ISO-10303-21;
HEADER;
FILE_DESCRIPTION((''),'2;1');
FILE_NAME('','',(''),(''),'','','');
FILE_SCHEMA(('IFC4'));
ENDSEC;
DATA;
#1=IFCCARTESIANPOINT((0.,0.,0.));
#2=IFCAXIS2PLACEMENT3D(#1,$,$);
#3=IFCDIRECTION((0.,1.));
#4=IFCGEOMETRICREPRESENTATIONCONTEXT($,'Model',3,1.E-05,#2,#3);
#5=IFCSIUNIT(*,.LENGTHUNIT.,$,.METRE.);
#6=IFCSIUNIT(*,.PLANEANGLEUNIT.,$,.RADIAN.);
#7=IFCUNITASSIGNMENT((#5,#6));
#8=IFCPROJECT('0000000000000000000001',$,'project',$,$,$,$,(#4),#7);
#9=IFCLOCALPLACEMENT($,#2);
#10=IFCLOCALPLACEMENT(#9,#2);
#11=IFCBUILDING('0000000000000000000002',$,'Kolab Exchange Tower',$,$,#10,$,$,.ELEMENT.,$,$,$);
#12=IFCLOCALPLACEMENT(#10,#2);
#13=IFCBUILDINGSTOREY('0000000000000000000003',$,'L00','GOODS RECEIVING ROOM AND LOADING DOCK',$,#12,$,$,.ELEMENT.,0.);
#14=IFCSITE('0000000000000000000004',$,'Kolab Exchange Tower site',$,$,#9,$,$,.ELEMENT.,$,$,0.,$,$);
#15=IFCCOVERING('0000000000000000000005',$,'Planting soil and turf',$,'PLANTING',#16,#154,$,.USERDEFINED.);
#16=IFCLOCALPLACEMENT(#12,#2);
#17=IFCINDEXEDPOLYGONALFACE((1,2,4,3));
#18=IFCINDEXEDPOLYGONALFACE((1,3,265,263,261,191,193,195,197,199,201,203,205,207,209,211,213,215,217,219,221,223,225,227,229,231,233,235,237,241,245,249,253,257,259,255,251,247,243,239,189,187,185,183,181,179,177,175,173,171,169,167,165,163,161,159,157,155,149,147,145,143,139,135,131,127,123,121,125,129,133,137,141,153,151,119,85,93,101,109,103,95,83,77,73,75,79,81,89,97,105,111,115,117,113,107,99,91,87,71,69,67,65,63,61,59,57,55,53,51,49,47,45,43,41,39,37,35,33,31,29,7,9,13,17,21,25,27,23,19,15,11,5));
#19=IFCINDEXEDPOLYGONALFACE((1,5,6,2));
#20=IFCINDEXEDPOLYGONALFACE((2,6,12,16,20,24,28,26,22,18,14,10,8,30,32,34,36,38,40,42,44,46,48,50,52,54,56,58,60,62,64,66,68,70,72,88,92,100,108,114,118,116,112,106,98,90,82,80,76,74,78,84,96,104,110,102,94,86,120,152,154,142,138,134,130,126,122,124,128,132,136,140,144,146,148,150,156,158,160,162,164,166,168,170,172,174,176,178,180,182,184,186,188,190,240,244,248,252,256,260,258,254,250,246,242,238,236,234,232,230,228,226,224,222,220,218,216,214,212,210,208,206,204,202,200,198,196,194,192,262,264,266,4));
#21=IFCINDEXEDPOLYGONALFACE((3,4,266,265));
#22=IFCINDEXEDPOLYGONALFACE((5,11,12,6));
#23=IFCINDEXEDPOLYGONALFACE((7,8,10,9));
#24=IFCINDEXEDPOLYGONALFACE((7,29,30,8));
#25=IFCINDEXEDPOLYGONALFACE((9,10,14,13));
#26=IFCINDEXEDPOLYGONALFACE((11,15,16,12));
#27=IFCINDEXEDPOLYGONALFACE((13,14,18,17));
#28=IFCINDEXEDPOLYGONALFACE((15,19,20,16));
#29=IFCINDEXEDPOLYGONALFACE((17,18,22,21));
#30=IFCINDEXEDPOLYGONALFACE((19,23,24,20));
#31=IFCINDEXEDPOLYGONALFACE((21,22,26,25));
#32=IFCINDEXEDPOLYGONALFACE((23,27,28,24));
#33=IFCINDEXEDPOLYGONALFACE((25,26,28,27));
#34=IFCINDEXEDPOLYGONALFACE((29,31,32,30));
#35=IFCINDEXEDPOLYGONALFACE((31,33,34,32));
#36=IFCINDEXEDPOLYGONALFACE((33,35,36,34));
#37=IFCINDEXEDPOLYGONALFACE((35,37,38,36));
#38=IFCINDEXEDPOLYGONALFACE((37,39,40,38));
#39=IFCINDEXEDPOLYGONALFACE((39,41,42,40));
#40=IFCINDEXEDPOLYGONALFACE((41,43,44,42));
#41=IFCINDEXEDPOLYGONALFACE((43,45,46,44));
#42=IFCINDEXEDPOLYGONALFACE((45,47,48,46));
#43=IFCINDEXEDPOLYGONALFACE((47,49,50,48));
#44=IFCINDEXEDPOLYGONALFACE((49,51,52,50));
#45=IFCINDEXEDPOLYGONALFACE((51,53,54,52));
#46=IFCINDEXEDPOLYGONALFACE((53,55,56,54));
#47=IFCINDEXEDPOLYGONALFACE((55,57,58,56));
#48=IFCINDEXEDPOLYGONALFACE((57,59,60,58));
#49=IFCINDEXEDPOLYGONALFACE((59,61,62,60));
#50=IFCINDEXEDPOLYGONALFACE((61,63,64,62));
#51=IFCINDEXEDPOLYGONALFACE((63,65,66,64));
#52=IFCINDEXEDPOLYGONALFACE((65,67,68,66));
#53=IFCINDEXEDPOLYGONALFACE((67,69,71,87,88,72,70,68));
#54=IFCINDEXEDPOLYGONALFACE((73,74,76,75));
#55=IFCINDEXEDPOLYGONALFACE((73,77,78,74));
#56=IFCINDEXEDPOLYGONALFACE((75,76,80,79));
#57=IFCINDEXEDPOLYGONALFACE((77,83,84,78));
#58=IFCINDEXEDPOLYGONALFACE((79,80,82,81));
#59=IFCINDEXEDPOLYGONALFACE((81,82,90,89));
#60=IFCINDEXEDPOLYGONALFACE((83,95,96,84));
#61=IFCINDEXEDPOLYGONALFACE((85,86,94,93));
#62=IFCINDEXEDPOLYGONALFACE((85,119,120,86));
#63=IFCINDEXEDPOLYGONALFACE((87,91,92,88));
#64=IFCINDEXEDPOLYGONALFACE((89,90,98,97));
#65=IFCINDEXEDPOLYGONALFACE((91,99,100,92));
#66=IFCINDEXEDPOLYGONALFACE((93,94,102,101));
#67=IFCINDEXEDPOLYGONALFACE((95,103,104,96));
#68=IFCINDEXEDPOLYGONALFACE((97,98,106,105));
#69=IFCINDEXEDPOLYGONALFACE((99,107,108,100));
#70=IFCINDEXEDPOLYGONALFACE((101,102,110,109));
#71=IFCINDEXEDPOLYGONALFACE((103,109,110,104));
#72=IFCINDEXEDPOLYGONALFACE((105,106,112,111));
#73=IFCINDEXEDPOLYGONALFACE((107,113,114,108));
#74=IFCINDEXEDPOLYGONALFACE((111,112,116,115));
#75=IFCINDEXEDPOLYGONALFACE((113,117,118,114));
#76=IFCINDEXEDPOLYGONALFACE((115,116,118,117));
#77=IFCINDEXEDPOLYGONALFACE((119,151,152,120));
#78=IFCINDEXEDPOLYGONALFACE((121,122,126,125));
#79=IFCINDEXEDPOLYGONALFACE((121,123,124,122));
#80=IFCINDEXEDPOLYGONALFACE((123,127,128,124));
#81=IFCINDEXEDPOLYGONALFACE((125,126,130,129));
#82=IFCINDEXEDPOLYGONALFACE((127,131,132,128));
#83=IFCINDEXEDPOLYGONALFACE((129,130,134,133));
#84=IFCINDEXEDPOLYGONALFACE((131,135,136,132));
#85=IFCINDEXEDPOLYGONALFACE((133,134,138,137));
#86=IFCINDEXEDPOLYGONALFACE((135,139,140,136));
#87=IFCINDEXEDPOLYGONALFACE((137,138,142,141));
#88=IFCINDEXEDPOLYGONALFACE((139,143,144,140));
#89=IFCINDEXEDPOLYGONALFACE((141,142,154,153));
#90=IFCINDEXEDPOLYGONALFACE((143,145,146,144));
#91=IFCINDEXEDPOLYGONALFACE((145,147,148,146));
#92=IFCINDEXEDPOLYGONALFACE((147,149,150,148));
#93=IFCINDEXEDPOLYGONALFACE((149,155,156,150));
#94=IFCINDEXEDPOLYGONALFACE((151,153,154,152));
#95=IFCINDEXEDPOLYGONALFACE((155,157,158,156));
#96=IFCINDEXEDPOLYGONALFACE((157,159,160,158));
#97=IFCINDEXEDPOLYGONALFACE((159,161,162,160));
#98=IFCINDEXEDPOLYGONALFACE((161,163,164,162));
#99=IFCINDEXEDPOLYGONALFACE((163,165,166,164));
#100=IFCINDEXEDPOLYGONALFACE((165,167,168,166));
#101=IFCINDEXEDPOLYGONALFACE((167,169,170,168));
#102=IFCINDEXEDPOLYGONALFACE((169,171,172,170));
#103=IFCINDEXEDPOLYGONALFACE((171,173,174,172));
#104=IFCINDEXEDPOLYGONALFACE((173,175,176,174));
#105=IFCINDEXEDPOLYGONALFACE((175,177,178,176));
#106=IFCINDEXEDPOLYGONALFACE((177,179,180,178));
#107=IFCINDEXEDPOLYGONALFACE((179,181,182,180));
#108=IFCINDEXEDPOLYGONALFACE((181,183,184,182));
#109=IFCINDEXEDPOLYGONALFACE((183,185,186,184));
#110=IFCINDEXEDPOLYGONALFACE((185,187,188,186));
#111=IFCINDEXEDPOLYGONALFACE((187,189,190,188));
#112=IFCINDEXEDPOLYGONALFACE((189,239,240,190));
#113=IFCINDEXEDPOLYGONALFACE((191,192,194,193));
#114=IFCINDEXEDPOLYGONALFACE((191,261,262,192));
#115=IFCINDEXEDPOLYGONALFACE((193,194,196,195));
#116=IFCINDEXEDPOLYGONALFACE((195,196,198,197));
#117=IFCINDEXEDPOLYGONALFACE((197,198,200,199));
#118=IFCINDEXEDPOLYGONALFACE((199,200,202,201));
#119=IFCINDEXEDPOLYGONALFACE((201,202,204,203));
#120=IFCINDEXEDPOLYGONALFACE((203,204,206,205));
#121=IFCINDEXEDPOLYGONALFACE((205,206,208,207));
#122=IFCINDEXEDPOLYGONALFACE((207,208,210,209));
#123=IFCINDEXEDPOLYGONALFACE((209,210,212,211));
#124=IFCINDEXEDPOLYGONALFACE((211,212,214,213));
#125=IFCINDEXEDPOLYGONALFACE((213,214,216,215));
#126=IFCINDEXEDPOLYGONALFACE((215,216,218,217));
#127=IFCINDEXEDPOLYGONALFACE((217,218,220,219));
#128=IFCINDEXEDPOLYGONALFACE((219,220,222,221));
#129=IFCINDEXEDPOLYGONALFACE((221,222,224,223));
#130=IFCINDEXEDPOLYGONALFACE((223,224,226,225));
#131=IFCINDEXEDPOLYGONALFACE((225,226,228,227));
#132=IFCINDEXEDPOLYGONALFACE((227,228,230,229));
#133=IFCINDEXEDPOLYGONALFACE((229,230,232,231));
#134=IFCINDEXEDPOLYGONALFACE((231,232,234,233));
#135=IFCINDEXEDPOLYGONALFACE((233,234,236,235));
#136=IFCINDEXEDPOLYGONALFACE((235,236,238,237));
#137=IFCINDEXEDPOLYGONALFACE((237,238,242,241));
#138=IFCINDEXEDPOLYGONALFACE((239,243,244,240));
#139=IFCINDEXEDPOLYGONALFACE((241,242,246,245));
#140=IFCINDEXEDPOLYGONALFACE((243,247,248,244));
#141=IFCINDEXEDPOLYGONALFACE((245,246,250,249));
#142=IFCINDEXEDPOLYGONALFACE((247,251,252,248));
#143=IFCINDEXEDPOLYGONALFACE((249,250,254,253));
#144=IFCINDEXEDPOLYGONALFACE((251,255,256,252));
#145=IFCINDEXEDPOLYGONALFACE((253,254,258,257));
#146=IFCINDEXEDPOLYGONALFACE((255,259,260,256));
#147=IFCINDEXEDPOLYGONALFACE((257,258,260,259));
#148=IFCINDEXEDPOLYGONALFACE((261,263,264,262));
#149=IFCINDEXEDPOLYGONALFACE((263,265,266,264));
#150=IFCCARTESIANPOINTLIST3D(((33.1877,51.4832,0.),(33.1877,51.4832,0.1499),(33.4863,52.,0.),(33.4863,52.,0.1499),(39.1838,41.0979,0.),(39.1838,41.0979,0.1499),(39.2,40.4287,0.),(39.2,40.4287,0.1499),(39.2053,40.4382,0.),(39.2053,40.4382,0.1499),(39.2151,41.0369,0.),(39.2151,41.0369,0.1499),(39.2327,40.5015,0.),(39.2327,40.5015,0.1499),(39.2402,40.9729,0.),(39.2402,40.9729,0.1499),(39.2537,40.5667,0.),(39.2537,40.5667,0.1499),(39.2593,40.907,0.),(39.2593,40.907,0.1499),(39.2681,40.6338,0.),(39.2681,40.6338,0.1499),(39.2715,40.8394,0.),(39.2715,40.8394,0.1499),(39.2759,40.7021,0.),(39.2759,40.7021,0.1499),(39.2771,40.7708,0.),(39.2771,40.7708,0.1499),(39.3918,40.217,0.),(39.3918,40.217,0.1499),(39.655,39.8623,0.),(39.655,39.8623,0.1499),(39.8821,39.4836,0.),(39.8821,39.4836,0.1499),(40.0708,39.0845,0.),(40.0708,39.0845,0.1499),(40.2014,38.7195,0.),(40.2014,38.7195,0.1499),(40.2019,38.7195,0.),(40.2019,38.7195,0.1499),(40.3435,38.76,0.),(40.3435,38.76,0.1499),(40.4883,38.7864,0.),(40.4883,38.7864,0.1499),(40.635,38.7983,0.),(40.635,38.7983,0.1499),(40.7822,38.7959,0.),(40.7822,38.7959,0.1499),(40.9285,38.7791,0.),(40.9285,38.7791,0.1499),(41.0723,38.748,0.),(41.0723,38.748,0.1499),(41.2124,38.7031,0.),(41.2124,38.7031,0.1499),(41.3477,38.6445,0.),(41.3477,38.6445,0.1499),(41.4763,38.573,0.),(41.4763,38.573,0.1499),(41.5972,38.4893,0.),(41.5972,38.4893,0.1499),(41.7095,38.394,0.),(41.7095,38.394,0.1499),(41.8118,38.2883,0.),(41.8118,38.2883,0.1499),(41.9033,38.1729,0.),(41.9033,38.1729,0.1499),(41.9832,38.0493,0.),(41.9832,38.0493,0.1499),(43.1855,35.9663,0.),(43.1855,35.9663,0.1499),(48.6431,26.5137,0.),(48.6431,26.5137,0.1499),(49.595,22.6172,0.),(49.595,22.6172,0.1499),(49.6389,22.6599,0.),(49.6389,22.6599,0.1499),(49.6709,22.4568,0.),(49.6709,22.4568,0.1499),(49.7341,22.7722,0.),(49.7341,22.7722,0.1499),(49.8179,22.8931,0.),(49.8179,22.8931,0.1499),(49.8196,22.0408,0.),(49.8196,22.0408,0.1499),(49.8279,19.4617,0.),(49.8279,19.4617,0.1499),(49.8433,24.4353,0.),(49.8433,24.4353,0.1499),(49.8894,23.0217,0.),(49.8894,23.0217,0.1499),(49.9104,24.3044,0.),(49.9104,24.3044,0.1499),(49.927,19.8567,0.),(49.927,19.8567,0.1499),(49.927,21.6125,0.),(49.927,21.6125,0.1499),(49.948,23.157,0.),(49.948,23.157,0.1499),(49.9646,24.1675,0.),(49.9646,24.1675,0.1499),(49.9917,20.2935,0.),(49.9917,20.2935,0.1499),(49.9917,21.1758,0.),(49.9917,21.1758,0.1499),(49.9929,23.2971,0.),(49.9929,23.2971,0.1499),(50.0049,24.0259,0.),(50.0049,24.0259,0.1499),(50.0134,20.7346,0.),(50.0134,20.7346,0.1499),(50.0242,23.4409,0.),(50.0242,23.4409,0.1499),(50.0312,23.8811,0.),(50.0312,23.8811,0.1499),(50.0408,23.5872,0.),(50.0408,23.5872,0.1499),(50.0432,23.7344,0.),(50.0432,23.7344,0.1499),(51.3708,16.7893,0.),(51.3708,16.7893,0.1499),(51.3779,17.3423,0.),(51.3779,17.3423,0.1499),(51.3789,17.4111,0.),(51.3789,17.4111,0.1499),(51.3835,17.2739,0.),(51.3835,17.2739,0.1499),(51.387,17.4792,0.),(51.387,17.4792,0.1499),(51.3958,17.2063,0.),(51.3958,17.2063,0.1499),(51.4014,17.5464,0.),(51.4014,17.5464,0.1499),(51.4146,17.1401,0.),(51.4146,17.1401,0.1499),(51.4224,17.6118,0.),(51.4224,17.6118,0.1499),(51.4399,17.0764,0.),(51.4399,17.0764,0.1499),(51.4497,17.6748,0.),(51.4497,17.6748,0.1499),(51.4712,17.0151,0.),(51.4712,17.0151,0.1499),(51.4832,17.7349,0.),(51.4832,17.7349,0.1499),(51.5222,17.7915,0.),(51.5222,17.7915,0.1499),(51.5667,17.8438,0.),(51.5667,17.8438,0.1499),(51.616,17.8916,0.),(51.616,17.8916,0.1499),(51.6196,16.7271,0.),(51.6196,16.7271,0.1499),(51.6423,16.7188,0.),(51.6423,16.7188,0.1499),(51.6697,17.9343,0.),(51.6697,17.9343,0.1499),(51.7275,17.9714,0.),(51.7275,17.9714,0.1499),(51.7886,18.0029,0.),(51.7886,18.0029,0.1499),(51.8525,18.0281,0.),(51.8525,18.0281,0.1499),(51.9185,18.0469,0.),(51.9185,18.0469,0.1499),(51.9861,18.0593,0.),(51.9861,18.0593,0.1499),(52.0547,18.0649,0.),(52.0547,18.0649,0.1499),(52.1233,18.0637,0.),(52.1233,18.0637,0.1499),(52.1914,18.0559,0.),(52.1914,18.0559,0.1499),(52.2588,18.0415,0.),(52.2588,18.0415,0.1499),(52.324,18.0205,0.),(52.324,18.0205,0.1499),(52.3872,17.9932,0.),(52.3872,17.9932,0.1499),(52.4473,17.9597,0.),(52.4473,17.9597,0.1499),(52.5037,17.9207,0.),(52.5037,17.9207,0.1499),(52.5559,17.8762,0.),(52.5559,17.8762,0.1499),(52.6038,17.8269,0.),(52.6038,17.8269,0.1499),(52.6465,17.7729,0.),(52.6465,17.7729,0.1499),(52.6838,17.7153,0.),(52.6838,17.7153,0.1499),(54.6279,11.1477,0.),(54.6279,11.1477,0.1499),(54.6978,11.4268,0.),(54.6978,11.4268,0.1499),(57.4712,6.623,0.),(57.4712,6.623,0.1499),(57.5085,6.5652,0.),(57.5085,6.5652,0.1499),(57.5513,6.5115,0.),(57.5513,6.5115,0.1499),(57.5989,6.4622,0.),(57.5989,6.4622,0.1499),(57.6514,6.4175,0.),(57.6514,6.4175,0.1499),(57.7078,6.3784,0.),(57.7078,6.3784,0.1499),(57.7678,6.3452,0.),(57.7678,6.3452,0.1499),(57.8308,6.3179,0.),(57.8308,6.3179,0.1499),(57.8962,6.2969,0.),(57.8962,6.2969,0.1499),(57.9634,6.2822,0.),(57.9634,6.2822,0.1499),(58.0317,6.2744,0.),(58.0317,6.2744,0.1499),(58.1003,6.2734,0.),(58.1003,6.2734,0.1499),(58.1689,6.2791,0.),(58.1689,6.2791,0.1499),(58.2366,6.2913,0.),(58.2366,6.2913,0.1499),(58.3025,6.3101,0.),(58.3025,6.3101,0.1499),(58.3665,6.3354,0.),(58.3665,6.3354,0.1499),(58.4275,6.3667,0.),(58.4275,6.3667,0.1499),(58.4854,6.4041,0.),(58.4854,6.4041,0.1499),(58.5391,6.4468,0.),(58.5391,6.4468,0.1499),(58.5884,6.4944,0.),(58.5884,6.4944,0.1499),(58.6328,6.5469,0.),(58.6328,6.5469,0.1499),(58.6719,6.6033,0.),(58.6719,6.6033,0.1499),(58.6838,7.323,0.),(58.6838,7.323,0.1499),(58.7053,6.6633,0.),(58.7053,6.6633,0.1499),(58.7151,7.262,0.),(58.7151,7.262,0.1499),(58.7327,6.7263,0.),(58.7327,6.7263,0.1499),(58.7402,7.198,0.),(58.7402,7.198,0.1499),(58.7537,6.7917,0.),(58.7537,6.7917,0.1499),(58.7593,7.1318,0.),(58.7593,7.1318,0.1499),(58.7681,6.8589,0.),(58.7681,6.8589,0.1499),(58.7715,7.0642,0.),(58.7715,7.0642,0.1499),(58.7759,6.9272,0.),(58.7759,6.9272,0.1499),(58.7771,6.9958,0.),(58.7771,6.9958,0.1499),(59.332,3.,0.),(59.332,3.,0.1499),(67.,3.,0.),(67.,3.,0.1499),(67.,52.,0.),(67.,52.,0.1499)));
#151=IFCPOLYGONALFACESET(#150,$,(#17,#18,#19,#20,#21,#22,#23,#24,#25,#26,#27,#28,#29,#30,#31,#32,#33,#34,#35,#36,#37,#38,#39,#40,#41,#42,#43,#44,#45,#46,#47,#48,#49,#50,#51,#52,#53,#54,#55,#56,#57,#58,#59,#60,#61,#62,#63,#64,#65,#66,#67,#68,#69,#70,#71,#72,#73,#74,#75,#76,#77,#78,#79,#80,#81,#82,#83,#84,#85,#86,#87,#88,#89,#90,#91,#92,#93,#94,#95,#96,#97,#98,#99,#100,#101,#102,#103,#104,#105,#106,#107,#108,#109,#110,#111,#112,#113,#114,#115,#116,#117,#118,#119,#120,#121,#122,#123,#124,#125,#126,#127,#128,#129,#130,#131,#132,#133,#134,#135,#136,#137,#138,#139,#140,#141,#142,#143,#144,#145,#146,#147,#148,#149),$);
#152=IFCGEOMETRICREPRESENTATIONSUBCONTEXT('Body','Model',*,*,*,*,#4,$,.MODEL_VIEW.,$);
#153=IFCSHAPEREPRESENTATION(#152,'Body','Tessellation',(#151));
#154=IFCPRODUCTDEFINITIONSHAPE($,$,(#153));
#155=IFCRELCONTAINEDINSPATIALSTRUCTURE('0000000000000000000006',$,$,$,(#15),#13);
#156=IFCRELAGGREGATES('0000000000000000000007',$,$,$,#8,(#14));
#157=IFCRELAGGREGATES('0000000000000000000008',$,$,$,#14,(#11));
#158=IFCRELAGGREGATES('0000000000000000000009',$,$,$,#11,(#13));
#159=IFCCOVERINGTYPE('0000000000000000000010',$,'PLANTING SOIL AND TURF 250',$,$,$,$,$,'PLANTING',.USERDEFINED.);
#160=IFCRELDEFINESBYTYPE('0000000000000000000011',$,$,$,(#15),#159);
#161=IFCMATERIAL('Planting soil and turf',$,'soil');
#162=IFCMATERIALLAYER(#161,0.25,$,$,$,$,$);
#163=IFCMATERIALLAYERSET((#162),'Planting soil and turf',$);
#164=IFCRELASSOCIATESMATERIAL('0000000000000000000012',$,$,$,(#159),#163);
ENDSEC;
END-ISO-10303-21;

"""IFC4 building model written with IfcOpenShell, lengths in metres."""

from ifc_helpers import new_model, si_unit, direction, origin, place, context, subcontext, project, spatial, polyline, outline, extrude, material, layer, layer_set, type_object, element, save


model = new_model("IFC4")

# Units and contexts
model_context = context("Model", 3, precision=1e-05, world=origin(), true_north=direction((0.0, 1.0)))
body_context = subcontext(model_context, "Body", "Model", "MODEL_VIEW")
ifc_project = project(units=[si_unit("LENGTHUNIT", "METRE"), si_unit("PLANEANGLEUNIT", "RADIAN")], contexts=[model_context])

# Site, building, storey
site_placement = place(None, origin())
site = spatial("IfcSite", under=ifc_project, at=site_placement, Name="Kolab Exchange Tower site", CompositionType="ELEMENT", RefElevation=0.0)
building_placement = place(site_placement, origin())
building = spatial("IfcBuilding", under=site, at=building_placement, Name="Kolab Exchange Tower", CompositionType="ELEMENT")
storey_placement = place(building_placement, origin())
storey = spatial("IfcBuildingStorey", under=building, at=storey_placement, Name="L00", Description="GOODS RECEIVING ROOM AND LOADING DOCK", CompositionType="ELEMENT", Elevation=0.0)

# Covering
ifc_material_1 = material(Name="Planting soil and turf", Category="soil")
ifc_layer_1 = layer(ifc_material_1, 0.25)
ifc_layer_set_1 = layer_set([ifc_layer_1], Name="Planting soil and turf")
covering_type_1 = type_object("IfcCoveringType", Name="PLANTING SOIL AND TURF 250", ElementType="PLANTING", PredefinedType="USERDEFINED", material=ifc_layer_set_1)
covering_1_placement = place(storey_placement, origin())
element("IfcCovering", 1, at=covering_1_placement, inside=storey, type_object=covering_type_1, Name="Planting soil and turf", ObjectType="PLANTING", PredefinedType="USERDEFINED", context=body_context, shape_type="SweptSolid", body=[
    extrude(outline(polyline([(33.4863, 52.0), (67.0, 52.0), (67.0, 3.0), (59.332, 3.0), (54.6279, 11.1477), (54.6978, 11.4268), (57.4712, 6.623), (57.5085, 6.5652), (57.5513, 6.5115), (57.5989, 6.4622), (57.6514, 6.4175), (57.7078, 6.3784), (57.7678, 6.3452), (57.8308, 6.3179), (57.8962, 6.2969), (57.9634, 6.2822), (58.0317, 6.2744), (58.1003, 6.2734), (58.1689, 6.2791), (58.2366, 6.2913), (58.3025, 6.3101), (58.3665, 6.3354), (58.4275, 6.3667), (58.4854, 6.4041), (58.5391, 6.4468), (58.5884, 6.4944), (58.6328, 6.5469), (58.6719, 6.6033), (58.7053, 6.6633), (58.7327, 6.7263), (58.7537, 6.7917), (58.7681, 6.8589), (58.7759, 6.9272), (58.7771, 6.9958), (58.7715, 7.0642), (58.7593, 7.1318), (58.7402, 7.198), (58.7151, 7.262), (58.6838, 7.323), (52.6838, 17.7153), (52.6465, 17.7729), (52.6038, 17.8269), (52.5559, 17.8762), (52.5037, 17.9207), (52.4473, 17.9597), (52.3872, 17.9932), (52.324, 18.0205), (52.2588, 18.0415), (52.1914, 18.0559), (52.1233, 18.0637), (52.0547, 18.0649), (51.9861, 18.0593), (51.9185, 18.0469), (51.8525, 18.0281), (51.7886, 18.0029), (51.7275, 17.9714), (51.6697, 17.9343), (51.616, 17.8916), (51.5667, 17.8438), (51.5222, 17.7915), (51.4832, 17.7349), (51.4497, 17.6748), (51.4224, 17.6118), (51.4014, 17.5464), (51.387, 17.4792), (51.3789, 17.4111), (51.3779, 17.3423), (51.3835, 17.2739), (51.3958, 17.2063), (51.4146, 17.1401), (51.4399, 17.0764), (51.4712, 17.0151), (51.6423, 16.7188), (51.6196, 16.7271), (51.3708, 16.7893), (49.8279, 19.4617), (49.927, 19.8567), (49.9917, 20.2935), (50.0134, 20.7346), (49.9917, 21.1758), (49.927, 21.6125), (49.8196, 22.0408), (49.6709, 22.4568), (49.595, 22.6172), (49.6389, 22.6599), (49.7341, 22.7722), (49.8179, 22.8931), (49.8894, 23.0217), (49.948, 23.157), (49.9929, 23.2971), (50.0242, 23.4409), (50.0408, 23.5872), (50.0432, 23.7344), (50.0312, 23.8811), (50.0049, 24.0259), (49.9646, 24.1675), (49.9104, 24.3044), (49.8433, 24.4353), (48.6431, 26.5137), (48.6431, 26.5137), (48.6431, 26.5137), (43.1855, 35.9663), (43.1855, 35.9663), (41.9832, 38.0493), (41.9033, 38.1729), (41.8118, 38.2883), (41.7095, 38.394), (41.5972, 38.4893), (41.4763, 38.573), (41.3477, 38.6445), (41.2124, 38.7031), (41.0723, 38.748), (40.9285, 38.7791), (40.7822, 38.7959), (40.635, 38.7983), (40.4883, 38.7864), (40.3435, 38.76), (40.2019, 38.7195), (40.2014, 38.7195), (40.0708, 39.0845), (39.8821, 39.4836), (39.655, 39.8623), (39.3918, 40.217), (39.2, 40.4287), (39.2053, 40.4382), (39.2327, 40.5015), (39.2537, 40.5667), (39.2681, 40.6338), (39.2759, 40.7021), (39.2771, 40.7708), (39.2715, 40.8394), (39.2593, 40.907), (39.2402, 40.9729), (39.2151, 41.0369), (39.1838, 41.0979), (33.1877, 51.4832), (33.4863, 52.0)])), origin(), (0.0, 0.0, 1.0), 0.1499),
])

save(model, "model.ifc")
